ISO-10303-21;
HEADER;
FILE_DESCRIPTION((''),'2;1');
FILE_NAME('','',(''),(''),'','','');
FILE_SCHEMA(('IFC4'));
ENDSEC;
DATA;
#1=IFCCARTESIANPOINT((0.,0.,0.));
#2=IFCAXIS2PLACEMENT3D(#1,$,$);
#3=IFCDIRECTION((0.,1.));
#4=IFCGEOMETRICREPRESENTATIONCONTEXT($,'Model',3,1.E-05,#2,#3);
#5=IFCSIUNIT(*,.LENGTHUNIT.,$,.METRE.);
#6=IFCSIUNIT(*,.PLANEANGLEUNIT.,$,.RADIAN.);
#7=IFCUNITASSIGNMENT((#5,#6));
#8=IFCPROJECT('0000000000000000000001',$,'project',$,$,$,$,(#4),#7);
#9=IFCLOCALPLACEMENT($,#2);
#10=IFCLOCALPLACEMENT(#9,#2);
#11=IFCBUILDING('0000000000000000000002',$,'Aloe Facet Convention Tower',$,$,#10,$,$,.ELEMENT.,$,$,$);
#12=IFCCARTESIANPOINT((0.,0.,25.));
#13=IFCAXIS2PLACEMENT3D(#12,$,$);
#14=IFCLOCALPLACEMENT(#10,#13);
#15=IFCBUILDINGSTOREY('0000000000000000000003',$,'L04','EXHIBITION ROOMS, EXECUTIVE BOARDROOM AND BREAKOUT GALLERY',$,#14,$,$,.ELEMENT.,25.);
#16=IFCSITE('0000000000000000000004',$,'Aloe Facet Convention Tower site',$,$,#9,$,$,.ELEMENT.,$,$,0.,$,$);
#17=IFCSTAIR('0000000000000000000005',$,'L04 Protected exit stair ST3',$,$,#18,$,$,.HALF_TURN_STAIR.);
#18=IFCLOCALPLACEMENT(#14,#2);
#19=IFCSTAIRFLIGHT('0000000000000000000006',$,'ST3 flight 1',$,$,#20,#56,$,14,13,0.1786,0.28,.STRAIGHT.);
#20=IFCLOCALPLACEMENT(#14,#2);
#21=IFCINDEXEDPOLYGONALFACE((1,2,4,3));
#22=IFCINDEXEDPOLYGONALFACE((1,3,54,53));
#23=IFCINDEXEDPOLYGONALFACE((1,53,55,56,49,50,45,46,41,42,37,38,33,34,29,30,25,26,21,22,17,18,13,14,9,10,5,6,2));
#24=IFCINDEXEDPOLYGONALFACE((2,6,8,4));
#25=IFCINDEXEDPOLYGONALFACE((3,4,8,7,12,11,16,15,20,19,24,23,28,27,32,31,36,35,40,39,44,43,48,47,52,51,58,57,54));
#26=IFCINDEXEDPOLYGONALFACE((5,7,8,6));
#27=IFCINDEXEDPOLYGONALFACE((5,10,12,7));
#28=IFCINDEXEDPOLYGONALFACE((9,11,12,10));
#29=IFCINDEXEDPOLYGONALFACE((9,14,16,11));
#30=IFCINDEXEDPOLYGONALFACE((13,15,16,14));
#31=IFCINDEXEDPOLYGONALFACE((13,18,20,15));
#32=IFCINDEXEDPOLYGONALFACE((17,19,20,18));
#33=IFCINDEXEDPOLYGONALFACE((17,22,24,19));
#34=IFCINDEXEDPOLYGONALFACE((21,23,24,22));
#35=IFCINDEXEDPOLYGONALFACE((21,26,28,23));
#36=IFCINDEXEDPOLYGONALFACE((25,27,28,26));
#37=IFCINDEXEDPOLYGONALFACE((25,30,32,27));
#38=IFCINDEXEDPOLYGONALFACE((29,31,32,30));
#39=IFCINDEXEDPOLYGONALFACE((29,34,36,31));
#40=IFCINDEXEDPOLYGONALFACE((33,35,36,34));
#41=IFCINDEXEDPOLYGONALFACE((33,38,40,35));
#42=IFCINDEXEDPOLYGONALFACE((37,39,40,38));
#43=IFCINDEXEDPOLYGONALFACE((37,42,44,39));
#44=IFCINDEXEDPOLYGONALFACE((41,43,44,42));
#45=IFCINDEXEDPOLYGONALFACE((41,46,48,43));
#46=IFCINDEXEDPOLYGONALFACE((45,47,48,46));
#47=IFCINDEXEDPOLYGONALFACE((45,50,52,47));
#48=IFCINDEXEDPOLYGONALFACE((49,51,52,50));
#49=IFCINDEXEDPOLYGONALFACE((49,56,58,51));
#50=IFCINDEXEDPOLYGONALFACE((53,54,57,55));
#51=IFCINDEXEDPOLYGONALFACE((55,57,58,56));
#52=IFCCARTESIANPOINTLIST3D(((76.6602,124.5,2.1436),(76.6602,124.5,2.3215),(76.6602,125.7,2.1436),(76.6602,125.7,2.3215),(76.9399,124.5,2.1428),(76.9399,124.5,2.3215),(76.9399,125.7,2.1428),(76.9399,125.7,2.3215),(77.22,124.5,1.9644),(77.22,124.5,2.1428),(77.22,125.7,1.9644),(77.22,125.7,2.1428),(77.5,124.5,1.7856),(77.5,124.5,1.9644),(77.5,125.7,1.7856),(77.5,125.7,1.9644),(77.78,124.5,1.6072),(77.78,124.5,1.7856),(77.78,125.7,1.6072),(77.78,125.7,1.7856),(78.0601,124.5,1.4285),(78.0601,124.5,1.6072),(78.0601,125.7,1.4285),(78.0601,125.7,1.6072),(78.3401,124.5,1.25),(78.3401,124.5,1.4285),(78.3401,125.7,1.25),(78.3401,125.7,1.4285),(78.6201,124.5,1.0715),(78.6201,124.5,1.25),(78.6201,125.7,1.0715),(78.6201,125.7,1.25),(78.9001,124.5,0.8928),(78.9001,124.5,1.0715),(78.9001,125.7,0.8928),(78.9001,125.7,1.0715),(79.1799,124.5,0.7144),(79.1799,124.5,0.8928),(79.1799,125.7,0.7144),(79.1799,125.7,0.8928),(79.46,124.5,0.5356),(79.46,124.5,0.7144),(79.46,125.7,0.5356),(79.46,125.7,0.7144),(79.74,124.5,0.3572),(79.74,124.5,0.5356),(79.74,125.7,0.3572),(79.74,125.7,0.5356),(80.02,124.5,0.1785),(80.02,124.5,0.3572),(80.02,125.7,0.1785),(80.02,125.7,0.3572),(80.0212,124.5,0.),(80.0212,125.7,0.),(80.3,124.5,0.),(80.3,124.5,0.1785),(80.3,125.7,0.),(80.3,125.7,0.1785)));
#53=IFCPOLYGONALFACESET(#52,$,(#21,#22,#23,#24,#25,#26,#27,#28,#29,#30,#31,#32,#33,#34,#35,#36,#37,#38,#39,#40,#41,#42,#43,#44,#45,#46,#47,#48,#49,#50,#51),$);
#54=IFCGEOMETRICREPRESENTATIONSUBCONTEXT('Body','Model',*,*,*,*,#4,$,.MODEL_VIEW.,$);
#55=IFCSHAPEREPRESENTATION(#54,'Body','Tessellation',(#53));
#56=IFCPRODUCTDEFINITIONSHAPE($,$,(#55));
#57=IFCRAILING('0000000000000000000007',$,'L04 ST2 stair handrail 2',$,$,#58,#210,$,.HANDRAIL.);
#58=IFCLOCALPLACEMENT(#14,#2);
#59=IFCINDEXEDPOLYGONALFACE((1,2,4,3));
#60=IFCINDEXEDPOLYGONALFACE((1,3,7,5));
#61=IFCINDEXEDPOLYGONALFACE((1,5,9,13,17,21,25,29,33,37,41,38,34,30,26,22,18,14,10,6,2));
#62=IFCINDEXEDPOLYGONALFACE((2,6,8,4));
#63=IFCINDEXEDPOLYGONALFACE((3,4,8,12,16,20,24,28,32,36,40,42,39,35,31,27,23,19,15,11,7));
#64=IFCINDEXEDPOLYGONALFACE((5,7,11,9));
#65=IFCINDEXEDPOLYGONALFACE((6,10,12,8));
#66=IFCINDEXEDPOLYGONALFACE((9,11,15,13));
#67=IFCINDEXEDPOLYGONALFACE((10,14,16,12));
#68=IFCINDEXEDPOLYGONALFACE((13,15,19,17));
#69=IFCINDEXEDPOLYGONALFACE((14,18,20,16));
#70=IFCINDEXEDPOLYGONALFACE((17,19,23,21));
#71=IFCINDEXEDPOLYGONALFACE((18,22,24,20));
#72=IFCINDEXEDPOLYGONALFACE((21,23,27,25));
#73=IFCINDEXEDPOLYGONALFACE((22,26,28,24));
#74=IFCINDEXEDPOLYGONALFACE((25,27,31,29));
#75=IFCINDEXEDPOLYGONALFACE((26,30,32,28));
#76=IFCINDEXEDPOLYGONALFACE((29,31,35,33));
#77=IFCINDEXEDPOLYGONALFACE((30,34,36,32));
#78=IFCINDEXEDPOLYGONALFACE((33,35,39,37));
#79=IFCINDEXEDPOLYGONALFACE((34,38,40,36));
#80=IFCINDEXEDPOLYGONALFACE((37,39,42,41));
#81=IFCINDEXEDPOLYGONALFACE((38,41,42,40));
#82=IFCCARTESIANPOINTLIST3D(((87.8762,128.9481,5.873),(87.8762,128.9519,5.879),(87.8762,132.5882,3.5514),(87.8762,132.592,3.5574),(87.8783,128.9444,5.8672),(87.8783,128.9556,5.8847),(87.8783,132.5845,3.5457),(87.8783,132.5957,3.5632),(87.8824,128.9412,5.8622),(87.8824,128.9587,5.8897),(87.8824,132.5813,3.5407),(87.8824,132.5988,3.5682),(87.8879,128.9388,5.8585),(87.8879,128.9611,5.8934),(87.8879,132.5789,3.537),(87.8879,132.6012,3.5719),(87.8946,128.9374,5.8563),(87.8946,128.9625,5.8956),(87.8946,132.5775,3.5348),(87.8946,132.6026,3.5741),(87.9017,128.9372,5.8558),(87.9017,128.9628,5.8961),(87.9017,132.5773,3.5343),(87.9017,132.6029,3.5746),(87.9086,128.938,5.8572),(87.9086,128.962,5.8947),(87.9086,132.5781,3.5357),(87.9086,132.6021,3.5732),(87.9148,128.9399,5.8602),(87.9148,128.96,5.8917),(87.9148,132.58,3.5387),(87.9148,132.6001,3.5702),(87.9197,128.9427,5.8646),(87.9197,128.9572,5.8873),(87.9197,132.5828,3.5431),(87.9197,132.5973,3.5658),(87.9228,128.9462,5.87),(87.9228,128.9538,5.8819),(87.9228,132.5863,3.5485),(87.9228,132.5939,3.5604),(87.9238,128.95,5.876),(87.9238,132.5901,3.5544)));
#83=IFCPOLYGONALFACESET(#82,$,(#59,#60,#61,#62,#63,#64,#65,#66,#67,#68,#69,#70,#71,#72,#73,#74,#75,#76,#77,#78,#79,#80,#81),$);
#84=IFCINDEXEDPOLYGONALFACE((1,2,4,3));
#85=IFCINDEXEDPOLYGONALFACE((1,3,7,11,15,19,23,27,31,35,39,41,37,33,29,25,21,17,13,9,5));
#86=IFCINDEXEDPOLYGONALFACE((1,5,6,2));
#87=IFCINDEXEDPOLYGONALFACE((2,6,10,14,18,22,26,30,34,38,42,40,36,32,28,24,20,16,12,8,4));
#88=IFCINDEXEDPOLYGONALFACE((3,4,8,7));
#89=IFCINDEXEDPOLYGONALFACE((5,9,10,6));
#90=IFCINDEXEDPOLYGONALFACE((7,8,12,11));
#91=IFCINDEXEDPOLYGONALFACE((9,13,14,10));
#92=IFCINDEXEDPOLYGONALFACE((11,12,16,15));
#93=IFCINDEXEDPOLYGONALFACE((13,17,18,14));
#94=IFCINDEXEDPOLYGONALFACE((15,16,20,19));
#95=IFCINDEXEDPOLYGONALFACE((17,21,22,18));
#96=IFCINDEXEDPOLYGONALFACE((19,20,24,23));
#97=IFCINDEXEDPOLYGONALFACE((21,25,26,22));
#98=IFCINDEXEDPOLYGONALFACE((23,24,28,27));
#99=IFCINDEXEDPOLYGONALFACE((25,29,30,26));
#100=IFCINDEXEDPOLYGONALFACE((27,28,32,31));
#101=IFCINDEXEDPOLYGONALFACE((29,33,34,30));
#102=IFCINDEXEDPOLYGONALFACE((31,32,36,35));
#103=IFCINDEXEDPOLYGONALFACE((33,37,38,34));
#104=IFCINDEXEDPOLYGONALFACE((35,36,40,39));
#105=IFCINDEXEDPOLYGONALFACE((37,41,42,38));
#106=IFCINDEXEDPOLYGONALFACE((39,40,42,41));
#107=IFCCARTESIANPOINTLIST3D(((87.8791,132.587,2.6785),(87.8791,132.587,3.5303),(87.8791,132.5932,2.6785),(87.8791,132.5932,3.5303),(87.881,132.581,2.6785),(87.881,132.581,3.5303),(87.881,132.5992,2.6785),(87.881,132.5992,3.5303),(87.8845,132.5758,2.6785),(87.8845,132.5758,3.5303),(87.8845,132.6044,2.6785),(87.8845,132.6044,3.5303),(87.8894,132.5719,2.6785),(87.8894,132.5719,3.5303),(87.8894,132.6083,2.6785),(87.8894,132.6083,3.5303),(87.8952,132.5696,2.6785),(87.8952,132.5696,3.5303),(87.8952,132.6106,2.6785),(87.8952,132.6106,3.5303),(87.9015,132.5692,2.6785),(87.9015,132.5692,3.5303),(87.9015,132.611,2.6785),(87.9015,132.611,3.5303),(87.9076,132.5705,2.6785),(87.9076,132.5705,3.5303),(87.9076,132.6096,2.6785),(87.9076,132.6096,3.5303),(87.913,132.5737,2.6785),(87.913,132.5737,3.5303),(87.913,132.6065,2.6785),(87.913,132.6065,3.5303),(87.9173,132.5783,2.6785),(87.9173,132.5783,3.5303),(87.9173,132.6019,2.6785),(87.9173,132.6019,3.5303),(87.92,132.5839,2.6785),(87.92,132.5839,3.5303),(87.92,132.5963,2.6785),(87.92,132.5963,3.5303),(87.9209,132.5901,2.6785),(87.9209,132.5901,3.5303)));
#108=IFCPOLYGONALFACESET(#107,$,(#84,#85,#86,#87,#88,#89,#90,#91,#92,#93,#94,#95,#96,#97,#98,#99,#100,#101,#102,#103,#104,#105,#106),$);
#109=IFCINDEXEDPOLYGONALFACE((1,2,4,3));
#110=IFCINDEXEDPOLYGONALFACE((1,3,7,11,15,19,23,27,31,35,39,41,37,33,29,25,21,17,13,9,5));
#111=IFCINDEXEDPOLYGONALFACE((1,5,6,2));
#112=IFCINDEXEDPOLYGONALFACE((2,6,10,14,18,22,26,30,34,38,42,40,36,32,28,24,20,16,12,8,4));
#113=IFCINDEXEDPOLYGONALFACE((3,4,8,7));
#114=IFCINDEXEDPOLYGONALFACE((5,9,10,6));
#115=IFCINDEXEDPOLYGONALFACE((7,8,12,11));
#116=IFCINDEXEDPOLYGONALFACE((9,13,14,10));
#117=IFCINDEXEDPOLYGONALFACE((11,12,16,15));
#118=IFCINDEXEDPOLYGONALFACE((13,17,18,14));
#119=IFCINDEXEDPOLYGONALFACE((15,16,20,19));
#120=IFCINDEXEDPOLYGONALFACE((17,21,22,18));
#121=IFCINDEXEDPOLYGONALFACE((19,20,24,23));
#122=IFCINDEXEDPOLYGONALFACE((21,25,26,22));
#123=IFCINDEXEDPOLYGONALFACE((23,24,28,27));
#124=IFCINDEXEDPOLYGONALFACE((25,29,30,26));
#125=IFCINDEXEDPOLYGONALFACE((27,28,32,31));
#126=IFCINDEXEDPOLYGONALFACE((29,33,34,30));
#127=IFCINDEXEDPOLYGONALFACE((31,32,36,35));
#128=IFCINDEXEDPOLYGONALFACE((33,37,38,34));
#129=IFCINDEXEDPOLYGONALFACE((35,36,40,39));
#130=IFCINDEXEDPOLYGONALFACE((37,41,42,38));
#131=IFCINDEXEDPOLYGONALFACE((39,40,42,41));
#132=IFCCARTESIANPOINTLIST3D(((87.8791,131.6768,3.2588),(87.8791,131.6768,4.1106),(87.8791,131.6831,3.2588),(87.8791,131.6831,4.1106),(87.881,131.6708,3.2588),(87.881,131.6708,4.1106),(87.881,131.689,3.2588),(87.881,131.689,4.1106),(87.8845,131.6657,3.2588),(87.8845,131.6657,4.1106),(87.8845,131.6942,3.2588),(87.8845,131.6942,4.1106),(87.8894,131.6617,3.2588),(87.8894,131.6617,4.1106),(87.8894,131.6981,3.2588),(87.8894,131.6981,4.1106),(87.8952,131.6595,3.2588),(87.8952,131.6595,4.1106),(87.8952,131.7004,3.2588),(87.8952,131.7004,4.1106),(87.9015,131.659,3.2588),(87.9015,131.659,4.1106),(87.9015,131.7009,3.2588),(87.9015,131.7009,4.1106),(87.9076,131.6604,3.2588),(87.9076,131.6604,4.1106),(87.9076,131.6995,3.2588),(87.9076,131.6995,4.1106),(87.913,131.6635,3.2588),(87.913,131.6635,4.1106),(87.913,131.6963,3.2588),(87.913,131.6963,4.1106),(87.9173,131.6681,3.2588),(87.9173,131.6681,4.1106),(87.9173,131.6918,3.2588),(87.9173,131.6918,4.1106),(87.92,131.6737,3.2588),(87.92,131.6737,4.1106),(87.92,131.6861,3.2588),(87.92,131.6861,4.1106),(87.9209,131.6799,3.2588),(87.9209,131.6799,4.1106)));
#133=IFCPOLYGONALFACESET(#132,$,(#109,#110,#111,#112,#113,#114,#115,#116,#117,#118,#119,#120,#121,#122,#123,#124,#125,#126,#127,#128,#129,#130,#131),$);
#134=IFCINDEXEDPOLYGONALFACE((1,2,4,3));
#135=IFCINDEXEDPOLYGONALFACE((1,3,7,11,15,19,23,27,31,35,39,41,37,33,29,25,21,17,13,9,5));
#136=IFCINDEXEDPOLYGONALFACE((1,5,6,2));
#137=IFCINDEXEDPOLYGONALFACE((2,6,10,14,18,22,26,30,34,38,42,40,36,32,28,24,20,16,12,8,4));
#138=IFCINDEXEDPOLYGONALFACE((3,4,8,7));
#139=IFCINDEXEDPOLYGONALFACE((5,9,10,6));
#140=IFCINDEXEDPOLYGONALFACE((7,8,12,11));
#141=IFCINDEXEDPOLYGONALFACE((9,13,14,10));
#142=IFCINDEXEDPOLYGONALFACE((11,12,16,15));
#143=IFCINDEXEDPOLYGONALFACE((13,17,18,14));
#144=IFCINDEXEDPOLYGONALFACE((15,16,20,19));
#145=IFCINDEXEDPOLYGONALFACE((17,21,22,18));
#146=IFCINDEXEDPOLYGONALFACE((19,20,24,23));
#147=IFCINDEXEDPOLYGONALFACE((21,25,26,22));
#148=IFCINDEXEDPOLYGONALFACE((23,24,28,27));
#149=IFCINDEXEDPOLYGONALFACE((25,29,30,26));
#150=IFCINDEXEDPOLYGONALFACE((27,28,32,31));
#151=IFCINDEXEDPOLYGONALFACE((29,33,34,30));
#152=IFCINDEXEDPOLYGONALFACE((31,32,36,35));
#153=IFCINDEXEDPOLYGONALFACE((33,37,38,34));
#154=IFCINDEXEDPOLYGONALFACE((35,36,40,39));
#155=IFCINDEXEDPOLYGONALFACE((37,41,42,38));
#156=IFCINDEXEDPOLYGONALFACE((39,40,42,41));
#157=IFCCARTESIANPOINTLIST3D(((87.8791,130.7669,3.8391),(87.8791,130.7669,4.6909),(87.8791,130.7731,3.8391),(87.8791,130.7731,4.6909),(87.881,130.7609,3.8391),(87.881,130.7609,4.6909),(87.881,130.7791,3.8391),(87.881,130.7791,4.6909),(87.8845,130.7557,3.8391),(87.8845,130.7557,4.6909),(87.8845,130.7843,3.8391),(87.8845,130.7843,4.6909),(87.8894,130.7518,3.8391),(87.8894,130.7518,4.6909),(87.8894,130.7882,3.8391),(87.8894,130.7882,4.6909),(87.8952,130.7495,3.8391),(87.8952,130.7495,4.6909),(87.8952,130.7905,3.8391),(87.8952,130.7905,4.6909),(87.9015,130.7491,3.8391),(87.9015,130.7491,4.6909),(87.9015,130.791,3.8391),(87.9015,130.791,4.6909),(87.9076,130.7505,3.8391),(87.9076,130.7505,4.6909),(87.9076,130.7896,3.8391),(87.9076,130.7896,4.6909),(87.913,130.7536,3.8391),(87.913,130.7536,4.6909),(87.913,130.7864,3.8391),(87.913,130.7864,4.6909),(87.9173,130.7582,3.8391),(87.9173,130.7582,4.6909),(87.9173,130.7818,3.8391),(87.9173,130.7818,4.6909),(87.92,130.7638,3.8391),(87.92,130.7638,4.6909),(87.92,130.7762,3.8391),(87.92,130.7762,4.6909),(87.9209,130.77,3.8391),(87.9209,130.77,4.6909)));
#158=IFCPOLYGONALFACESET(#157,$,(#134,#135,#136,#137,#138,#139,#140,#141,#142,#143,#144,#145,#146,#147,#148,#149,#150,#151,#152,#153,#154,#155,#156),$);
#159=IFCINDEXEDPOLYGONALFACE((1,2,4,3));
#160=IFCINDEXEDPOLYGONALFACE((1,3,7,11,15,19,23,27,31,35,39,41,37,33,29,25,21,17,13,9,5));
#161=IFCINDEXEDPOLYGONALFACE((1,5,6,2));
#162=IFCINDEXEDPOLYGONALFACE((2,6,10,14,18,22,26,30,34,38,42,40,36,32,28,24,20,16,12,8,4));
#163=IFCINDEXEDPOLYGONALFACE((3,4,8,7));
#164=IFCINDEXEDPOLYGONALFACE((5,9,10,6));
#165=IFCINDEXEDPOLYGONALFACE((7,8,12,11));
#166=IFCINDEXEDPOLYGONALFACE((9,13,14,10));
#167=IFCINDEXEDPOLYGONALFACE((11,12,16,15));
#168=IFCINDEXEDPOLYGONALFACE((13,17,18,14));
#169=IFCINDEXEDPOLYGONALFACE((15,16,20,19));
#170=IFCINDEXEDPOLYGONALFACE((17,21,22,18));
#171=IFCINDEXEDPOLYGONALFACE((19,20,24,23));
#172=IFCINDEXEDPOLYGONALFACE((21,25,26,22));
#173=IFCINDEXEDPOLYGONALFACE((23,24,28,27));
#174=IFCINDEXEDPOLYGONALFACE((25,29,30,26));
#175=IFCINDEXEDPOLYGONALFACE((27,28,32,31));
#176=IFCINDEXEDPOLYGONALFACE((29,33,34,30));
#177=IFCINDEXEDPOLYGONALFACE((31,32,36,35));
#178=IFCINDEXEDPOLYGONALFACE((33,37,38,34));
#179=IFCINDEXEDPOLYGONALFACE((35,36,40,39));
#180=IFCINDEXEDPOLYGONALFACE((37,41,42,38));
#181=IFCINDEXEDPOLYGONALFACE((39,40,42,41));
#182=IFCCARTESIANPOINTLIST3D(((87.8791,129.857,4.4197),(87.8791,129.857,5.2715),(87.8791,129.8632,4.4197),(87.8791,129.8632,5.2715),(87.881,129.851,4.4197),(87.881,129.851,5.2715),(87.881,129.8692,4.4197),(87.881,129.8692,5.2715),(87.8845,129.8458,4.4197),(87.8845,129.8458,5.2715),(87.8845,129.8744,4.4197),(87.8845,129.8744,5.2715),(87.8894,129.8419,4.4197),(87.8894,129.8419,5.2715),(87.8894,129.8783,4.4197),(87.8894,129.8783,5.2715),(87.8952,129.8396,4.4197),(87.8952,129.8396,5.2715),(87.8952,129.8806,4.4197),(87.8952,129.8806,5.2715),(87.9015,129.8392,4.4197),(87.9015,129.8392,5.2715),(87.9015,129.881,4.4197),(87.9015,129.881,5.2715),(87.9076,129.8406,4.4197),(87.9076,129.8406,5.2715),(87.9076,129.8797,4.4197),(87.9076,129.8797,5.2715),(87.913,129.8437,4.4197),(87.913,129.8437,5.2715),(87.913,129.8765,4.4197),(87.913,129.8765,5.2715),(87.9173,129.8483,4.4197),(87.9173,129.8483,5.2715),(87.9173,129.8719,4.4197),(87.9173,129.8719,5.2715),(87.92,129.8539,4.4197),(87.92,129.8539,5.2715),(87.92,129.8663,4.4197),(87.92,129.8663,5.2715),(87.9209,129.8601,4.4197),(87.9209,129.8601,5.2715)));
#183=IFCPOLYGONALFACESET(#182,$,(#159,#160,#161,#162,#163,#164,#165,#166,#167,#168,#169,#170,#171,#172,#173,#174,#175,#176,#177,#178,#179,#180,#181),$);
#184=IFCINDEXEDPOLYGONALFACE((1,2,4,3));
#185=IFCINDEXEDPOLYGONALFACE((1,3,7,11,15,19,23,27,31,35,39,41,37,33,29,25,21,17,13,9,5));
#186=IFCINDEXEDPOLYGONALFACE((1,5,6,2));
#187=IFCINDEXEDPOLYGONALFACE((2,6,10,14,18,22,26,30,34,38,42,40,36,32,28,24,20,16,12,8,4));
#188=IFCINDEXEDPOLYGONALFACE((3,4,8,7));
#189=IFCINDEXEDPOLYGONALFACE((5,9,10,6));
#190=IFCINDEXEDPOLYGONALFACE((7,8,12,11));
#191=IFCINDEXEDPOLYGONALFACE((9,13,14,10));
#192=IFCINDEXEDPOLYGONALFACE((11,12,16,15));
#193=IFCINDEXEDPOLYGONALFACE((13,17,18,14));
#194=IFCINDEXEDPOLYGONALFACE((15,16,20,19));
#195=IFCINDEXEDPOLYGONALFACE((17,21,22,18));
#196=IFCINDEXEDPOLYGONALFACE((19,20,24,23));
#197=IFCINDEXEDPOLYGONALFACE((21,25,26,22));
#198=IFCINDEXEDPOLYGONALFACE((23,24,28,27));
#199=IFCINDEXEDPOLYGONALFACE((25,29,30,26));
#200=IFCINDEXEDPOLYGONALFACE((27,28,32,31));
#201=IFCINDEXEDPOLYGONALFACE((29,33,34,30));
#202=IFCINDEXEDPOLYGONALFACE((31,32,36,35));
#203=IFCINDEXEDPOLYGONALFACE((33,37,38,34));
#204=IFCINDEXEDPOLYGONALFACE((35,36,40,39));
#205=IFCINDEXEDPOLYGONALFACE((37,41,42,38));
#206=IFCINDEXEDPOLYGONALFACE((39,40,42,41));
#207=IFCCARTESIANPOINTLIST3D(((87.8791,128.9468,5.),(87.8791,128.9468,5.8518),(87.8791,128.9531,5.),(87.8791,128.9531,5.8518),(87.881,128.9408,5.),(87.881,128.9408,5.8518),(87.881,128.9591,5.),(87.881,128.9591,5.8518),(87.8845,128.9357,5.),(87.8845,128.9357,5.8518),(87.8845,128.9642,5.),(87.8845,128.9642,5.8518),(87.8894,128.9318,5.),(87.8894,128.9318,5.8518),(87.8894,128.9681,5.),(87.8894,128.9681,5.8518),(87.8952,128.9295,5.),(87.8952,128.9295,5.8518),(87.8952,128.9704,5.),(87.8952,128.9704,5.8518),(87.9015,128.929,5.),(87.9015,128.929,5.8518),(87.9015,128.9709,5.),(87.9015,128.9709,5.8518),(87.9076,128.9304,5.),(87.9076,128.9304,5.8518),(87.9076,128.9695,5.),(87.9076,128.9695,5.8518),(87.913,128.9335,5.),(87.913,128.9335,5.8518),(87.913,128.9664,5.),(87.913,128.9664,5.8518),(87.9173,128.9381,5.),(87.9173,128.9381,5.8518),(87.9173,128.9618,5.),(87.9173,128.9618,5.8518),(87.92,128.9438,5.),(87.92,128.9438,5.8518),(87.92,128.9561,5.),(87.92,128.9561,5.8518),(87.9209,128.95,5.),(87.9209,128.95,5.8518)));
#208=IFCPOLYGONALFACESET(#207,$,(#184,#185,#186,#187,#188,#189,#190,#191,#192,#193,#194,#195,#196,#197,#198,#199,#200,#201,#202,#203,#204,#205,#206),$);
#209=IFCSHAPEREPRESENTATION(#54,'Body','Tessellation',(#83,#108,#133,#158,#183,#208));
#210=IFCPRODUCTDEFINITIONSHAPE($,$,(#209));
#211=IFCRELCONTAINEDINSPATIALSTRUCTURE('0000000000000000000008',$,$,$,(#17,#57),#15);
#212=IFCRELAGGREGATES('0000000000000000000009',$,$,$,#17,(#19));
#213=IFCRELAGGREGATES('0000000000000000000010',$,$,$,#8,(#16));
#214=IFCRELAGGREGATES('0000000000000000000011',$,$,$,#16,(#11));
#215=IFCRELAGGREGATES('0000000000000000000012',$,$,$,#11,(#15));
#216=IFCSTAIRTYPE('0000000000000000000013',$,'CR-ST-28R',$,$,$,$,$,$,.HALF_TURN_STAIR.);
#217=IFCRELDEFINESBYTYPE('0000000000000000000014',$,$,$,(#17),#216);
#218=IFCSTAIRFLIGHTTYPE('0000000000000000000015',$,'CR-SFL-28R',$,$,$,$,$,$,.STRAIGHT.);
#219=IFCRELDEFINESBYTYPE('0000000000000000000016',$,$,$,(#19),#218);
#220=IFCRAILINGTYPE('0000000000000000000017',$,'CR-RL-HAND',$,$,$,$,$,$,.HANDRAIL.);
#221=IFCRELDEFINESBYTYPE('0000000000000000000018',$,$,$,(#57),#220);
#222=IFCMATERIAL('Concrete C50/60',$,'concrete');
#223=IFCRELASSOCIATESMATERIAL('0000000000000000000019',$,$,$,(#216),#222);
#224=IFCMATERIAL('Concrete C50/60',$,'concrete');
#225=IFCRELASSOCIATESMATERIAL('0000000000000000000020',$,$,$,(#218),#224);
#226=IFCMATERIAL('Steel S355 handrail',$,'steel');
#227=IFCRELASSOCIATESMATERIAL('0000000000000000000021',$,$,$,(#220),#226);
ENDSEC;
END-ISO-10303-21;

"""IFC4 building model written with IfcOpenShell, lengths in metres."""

from ifc_helpers import new_model, si_unit, direction, frame, origin, origin_2d, place, context, subcontext, project, spatial, polyline, circle, outline, extrude, material, type_object, element, aggregate, save


model = new_model("IFC4")

# Units and contexts
model_context = context("Model", 3, precision=1e-05, world=origin(), true_north=direction((0.0, 1.0)))
body_context = subcontext(model_context, "Body", "Model", "MODEL_VIEW")
ifc_project = project(units=[si_unit("LENGTHUNIT", "METRE"), si_unit("PLANEANGLEUNIT", "RADIAN")], contexts=[model_context])

# Site, building, storey
site_placement = place(None, origin())
site = spatial("IfcSite", under=ifc_project, at=site_placement, Name="Aloe Facet Convention Tower site", CompositionType="ELEMENT", RefElevation=0.0)
building_placement = place(site_placement, origin())
building = spatial("IfcBuilding", under=site, at=building_placement, Name="Aloe Facet Convention Tower", CompositionType="ELEMENT")
storey_placement = place(building_placement, frame((0.0, 0.0, 25.0)))
storey = spatial("IfcBuildingStorey", under=building, at=storey_placement, Name="L04", Description="EXHIBITION ROOMS, EXECUTIVE BOARDROOM AND BREAKOUT GALLERY", CompositionType="ELEMENT", Elevation=25.0)

# Stair, stair flight
ifc_material_1 = material(Name="Concrete C50/60", Category="concrete")
stair_type = type_object("IfcStairType", Name="CR-ST-28R", PredefinedType="HALF_TURN_STAIR", material=ifc_material_1)
stair_placement = place(storey_placement, origin())
stair = element("IfcStair", 1, at=stair_placement, inside=storey, type_object=stair_type, Name="L04 Protected exit stair ST3", PredefinedType="HALF_TURN_STAIR")
ifc_material_2 = material(Name="Concrete C50/60", Category="concrete")
stair_flight_type = type_object("IfcStairFlightType", Name="CR-SFL-28R", PredefinedType="STRAIGHT", material=ifc_material_2)
stair_flight_placement = place(storey_placement, frame((80.3, 125.1001, 0.0), z_axis=(0.0, 0.0, 1.0), x_axis=(-1.0, 0.0, 0.0)))
stair_flight = element("IfcStairFlight", 2, at=stair_flight_placement, type_object=stair_flight_type, Name="ST3 flight 1", NumberOfRisers=14, NumberOfTreads=13, PredefinedType="STRAIGHT", RiserHeight=0.1786, TreadLength=0.28, context=body_context, shape_type="SweptSolid", body=[
    extrude(outline(polyline([(0.0, 0.0), (0.0, 0.1785), (0.28, 0.1785), (0.28, 0.3572), (0.5601, 0.3572), (0.5601, 0.5356), (0.8401, 0.5356), (0.8401, 0.7144), (1.1201, 0.7144), (1.1201, 0.8928), (1.3999, 0.8928), (1.3999, 1.0715), (1.6799, 1.0715), (1.6799, 1.25), (1.96, 1.25), (1.96, 1.4285), (2.24, 1.4285), (2.24, 1.6072), (2.52, 1.6072), (2.52, 1.7856), (2.8, 1.7856), (2.8, 1.9644), (3.0801, 1.9644), (3.0801, 2.1428), (3.3601, 2.1428), (3.3601, 2.3215), (3.6399, 2.3215), (3.6399, 2.5), (3.6399, 2.1436), (0.2788, 0.0), (0.0, 0.0)])), frame((0.0, 0.6001, 0.0), z_axis=(0.0, -1.0, 0.0), x_axis=(1.0, 0.0, 0.0)), (0.0, 0.0, 1.0), 1.2),
])
aggregate(stair, [stair_flight])

# Railing
ifc_material_3 = material(Name="Steel S355 handrail", Category="steel")
railing_type = type_object("IfcRailingType", Name="CR-RL-HAND", PredefinedType="HANDRAIL", material=ifc_material_3)
railing_1_placement = place(storey_placement, frame((87.8999, 132.5901, 2.6785)))
element("IfcRailing", 3, at=railing_1_placement, inside=storey, type_object=railing_type, Name="L04 ST2 stair handrail 2", PredefinedType="HANDRAIL", context=body_context, shape_type="SweptSolid", body=[
    extrude(circle(Radius=0.0239, at=origin_2d()), frame((0.0, 0.0, 0.876), z_axis=(0.0, -0.843128, 0.537713), x_axis=(1.0, 0.0, 0.0)), (0.0, 0.0, 1.0), 4.3174),
    extrude(circle(Radius=0.021, at=origin_2d()), origin(), (0.0, 0.0, 1.0), 0.8518),
    extrude(circle(Radius=0.021, at=origin_2d()), frame((0.0, -0.9102, 0.5803)), (0.0, 0.0, 1.0), 0.8518),
    extrude(circle(Radius=0.021, at=origin_2d()), frame((0.0, -1.8201, 1.1606)), (0.0, 0.0, 1.0), 0.8518),
    extrude(circle(Radius=0.021, at=origin_2d()), frame((0.0, -2.73, 1.7412)), (0.0, 0.0, 1.0), 0.8518),
    extrude(circle(Radius=0.021, at=origin_2d()), frame((0.0, -3.6401, 2.3215)), (0.0, 0.0, 1.0), 0.8518),
])

save(model, "model.ifc")
